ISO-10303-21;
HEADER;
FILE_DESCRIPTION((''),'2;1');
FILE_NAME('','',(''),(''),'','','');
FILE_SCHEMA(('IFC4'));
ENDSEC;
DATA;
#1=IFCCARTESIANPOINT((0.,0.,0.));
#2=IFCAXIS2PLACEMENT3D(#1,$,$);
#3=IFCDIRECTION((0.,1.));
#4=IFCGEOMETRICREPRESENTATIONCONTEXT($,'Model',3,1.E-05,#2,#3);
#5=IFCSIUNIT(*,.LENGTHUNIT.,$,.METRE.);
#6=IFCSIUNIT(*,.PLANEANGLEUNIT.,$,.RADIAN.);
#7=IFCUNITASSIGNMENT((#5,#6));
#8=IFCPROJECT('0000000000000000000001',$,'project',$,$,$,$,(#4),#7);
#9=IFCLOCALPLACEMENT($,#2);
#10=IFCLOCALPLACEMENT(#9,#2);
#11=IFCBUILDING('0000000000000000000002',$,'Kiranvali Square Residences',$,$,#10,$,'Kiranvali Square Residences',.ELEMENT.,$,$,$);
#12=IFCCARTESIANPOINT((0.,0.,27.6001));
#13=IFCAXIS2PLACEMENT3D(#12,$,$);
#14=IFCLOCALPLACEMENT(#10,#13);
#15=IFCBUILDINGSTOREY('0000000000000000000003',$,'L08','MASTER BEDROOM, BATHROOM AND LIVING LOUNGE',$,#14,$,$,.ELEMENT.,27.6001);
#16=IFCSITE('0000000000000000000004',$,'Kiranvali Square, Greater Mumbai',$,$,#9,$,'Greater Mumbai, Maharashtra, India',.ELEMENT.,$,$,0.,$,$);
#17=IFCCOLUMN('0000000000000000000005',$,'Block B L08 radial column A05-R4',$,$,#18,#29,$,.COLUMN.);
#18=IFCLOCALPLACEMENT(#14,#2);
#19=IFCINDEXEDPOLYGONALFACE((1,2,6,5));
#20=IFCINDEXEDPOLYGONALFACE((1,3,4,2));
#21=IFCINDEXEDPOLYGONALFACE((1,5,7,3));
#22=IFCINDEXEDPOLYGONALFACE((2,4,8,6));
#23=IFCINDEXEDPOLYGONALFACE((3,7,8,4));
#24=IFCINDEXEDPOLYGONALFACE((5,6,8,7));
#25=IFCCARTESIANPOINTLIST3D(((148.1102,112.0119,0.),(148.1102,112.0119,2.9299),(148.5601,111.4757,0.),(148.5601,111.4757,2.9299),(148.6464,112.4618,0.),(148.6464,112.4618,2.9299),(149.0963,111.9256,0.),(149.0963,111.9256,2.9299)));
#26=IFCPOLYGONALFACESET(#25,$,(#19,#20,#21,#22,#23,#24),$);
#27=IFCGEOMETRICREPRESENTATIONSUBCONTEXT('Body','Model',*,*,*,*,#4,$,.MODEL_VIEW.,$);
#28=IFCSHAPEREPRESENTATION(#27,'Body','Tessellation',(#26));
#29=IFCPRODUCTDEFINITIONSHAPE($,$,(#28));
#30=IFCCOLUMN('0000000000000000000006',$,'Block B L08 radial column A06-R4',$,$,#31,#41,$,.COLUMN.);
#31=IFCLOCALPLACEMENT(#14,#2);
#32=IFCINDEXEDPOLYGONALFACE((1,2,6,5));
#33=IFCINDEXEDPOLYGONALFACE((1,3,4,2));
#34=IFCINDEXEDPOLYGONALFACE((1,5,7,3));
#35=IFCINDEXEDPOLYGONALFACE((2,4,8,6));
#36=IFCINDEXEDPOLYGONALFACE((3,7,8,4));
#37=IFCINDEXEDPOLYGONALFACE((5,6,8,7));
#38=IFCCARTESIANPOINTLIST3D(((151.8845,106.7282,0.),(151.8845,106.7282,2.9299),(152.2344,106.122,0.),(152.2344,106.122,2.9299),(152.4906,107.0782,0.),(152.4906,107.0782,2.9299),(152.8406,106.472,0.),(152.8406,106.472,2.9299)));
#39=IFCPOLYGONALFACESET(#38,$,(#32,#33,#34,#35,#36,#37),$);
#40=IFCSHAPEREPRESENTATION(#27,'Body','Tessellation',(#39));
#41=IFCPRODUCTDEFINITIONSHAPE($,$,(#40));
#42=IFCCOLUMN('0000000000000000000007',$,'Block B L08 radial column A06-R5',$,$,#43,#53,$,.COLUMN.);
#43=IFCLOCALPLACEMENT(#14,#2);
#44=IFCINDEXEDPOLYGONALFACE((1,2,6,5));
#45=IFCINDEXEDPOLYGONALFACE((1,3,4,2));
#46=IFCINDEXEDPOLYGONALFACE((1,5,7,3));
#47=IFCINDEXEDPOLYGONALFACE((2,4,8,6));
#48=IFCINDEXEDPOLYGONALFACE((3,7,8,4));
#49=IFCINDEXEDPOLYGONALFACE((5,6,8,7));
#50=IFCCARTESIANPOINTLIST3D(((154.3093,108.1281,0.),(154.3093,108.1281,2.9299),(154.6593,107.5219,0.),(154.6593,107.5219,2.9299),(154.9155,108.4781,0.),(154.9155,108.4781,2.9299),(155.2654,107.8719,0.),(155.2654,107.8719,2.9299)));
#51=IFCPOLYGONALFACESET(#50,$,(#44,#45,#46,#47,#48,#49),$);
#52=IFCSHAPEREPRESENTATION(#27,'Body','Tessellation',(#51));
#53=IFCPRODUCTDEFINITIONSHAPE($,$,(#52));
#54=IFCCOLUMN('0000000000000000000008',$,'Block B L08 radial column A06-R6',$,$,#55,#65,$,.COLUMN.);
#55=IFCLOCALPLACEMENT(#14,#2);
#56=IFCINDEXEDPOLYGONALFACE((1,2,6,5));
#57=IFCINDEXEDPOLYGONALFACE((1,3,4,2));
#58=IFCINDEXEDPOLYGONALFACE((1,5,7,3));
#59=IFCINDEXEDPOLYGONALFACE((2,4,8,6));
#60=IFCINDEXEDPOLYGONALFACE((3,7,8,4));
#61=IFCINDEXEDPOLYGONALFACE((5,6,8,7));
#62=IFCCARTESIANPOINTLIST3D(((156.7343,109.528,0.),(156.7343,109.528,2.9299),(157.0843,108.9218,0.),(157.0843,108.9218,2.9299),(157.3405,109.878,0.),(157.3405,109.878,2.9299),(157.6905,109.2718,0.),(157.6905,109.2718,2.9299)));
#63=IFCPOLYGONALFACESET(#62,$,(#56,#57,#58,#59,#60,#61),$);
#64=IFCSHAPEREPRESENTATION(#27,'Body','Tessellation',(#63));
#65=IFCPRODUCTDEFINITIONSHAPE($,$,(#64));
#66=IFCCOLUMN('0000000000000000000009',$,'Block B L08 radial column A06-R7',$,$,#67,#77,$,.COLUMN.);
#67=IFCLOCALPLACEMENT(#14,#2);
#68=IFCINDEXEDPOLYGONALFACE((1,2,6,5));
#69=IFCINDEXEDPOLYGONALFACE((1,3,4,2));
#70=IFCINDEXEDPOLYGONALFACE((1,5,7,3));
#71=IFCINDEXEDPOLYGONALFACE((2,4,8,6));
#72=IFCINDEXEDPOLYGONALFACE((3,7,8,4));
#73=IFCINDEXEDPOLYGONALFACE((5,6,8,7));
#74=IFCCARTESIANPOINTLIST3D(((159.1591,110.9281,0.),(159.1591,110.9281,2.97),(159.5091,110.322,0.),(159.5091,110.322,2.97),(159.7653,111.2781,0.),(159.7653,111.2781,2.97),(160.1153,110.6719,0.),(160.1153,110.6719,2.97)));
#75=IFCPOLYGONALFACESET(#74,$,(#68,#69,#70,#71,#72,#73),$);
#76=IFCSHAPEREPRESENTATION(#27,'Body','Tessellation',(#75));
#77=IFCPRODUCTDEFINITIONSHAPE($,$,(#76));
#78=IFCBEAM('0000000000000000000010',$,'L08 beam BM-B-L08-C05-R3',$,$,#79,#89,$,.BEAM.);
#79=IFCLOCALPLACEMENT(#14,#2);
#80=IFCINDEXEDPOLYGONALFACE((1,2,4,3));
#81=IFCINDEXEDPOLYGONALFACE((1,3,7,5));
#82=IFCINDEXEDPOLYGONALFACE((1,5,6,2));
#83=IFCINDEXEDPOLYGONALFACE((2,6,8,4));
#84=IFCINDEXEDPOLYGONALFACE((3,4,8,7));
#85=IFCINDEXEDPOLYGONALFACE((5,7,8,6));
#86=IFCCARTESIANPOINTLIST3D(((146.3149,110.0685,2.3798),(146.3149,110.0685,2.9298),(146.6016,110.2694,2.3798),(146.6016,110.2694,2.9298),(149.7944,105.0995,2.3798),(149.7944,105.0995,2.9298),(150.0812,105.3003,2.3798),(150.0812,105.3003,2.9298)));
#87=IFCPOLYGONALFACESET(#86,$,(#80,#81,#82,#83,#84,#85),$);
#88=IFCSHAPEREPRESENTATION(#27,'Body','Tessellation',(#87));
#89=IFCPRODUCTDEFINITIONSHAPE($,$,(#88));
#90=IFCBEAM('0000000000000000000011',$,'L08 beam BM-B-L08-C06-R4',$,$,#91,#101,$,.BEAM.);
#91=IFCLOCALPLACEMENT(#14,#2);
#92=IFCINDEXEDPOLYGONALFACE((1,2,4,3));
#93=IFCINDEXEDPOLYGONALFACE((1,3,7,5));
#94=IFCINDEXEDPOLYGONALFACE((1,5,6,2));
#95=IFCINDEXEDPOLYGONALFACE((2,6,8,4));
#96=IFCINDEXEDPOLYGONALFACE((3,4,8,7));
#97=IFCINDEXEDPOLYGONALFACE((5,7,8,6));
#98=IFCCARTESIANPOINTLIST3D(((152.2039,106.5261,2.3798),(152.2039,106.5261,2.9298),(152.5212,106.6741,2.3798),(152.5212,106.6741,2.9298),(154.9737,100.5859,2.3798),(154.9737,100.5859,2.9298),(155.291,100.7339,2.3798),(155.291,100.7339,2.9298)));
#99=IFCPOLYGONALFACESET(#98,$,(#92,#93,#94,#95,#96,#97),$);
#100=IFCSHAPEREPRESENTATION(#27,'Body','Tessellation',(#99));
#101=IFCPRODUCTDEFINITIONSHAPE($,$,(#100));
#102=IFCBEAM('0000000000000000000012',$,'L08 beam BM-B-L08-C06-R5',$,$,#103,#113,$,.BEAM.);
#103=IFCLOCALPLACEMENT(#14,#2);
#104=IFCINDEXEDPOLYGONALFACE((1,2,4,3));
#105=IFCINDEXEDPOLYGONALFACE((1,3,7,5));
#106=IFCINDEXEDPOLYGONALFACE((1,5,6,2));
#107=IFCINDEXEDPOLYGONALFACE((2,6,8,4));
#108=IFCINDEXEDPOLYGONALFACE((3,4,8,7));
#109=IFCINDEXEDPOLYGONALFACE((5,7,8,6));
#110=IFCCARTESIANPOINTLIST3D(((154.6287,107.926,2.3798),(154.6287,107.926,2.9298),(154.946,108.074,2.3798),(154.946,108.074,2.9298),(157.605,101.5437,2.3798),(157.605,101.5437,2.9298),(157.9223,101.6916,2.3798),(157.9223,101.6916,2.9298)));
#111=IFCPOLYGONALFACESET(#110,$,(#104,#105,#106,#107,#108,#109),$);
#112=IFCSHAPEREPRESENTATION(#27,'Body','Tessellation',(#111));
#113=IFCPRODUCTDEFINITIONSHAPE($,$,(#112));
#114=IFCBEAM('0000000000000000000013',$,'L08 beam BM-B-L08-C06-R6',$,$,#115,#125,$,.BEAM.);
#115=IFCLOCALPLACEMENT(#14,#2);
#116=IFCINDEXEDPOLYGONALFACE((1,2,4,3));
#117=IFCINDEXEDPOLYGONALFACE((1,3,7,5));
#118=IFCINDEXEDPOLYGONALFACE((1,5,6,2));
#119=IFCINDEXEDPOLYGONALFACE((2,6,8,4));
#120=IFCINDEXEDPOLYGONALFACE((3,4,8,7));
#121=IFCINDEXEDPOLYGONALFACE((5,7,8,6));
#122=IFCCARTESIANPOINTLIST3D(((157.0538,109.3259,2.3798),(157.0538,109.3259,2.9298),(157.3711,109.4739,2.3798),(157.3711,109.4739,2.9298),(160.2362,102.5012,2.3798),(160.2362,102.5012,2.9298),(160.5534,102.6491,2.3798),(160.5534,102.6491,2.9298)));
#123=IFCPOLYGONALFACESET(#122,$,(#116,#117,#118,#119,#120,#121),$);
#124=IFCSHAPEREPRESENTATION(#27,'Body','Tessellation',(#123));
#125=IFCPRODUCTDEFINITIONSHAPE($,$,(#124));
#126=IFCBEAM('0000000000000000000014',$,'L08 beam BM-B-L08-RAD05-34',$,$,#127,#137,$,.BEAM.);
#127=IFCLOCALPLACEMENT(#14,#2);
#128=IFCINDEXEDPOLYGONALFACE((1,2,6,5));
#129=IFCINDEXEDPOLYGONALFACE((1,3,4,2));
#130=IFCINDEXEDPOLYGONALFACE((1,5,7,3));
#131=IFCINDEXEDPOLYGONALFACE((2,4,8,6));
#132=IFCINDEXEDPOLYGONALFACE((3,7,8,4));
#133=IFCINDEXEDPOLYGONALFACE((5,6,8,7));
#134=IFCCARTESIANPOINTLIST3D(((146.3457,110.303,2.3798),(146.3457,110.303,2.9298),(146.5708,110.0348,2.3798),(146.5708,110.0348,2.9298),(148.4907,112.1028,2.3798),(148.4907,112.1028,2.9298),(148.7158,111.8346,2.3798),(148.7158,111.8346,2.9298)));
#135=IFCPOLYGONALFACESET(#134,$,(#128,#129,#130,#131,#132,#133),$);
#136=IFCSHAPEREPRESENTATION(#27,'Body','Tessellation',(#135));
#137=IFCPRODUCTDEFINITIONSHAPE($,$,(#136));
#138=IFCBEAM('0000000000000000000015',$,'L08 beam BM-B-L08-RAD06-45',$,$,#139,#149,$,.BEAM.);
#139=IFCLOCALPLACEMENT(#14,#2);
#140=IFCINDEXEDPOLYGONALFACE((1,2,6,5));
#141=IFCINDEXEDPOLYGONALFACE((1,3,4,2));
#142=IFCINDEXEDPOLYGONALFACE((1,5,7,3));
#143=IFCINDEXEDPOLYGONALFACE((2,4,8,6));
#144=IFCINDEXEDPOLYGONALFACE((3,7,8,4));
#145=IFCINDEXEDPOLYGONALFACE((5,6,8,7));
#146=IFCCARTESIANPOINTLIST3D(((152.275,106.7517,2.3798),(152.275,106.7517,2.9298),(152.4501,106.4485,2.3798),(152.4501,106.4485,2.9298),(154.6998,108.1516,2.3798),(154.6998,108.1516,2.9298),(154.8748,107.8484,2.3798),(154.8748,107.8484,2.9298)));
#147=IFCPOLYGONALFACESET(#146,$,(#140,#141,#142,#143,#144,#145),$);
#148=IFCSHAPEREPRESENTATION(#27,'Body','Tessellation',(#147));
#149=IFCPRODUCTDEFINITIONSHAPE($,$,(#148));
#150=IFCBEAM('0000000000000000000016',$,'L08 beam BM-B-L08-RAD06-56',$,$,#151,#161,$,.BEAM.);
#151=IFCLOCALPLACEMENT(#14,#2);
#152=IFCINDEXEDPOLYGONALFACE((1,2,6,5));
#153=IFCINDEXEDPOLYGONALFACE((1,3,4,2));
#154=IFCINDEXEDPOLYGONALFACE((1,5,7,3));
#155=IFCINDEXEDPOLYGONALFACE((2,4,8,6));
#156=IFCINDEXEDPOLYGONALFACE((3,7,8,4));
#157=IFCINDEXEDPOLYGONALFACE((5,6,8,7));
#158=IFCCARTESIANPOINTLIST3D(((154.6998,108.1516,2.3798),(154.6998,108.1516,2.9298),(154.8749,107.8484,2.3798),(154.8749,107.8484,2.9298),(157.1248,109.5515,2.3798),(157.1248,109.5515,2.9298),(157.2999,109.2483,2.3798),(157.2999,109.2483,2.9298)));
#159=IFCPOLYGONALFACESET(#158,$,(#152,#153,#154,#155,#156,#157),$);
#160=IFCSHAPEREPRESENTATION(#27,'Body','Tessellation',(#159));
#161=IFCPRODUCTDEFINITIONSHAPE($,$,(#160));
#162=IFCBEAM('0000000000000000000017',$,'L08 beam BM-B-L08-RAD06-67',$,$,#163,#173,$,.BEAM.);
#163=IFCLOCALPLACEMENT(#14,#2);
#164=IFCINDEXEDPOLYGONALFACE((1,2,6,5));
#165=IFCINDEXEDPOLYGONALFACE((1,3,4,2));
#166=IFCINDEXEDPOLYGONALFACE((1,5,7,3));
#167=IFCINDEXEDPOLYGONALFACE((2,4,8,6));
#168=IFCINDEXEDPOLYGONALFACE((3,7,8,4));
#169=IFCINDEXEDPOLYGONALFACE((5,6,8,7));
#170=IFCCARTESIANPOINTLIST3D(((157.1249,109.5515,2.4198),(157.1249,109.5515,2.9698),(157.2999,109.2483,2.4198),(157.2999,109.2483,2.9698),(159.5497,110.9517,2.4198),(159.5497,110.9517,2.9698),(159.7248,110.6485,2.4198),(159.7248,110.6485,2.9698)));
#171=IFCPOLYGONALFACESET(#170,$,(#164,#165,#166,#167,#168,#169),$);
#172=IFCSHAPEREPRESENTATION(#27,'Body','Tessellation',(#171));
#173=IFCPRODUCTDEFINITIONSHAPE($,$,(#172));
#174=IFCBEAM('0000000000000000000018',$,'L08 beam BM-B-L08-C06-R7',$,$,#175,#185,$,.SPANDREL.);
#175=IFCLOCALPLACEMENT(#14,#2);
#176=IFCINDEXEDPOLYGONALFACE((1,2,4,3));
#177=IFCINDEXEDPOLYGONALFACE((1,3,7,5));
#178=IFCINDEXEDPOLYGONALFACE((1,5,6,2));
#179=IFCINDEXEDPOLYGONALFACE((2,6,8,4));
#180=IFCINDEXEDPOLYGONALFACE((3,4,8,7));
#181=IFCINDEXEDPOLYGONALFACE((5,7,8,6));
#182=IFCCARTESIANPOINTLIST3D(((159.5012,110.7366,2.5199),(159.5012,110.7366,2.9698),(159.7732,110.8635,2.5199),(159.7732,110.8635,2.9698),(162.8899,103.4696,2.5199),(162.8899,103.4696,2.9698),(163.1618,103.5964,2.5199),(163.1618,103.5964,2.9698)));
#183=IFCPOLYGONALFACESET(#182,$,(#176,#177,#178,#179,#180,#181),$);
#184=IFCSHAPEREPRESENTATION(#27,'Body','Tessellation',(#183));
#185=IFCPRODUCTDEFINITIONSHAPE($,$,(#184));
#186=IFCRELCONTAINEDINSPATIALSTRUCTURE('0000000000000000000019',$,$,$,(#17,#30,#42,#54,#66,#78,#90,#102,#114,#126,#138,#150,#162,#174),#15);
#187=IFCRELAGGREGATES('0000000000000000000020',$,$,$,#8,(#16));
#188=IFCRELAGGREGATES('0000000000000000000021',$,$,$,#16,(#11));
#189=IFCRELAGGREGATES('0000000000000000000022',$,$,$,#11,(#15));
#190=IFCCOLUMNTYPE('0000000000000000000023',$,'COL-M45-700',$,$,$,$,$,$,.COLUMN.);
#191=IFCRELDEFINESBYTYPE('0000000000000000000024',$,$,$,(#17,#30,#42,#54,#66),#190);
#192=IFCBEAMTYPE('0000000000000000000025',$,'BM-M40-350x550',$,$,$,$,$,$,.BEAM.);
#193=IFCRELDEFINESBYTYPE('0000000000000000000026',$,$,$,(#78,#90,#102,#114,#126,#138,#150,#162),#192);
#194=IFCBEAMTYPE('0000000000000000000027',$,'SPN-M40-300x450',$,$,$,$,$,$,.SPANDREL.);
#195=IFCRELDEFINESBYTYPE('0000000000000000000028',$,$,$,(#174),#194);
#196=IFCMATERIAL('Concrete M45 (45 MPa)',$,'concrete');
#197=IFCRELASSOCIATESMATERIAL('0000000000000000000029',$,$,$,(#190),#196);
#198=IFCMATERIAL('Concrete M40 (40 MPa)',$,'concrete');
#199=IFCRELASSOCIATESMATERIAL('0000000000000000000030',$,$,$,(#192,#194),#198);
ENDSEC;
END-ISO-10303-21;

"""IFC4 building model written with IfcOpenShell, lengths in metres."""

from ifc_helpers import new_model, si_unit, direction, frame, origin, origin_2d, place, context, subcontext, project, spatial, rectangle, extrude, material, material_profile, profile_set, type_object, element, save


model = new_model("IFC4")

# Units and contexts
model_context = context("Model", 3, precision=1e-05, world=origin(), true_north=direction((0.0, 1.0)))
body_context = subcontext(model_context, "Body", "Model", "MODEL_VIEW")
ifc_project = project(units=[si_unit("LENGTHUNIT", "METRE"), si_unit("PLANEANGLEUNIT", "RADIAN")], contexts=[model_context])

# Site, building, storey
site_placement = place(None, origin())
site = spatial("IfcSite", under=ifc_project, at=site_placement, Name="Kiranvali Square, Greater Mumbai", LongName="Greater Mumbai, Maharashtra, India", CompositionType="ELEMENT", RefElevation=0.0)
building_placement = place(site_placement, origin())
building = spatial("IfcBuilding", under=site, at=building_placement, Name="Kiranvali Square Residences", LongName="Kiranvali Square Residences", CompositionType="ELEMENT")
storey_placement = place(building_placement, frame((0.0, 0.0, 27.6001)))
storey = spatial("IfcBuildingStorey", under=building, at=storey_placement, Name="L08", Description="MASTER BEDROOM, BATHROOM AND LIVING LOUNGE", CompositionType="ELEMENT", Elevation=27.6001)

# Columns
ifc_material_1 = material(Name="Concrete M45 (45 MPa)", Category="concrete")
ifc_material_profile_1 = material_profile(ifc_material_1, rectangle(XDim=0.7, YDim=0.7, at=origin_2d()), Name="RC 700x700")
ifc_profile_set_1 = profile_set([ifc_material_profile_1], Name="Concrete M45 (45 MPa)")
column_type = type_object("IfcColumnType", Name="COL-M45-700", PredefinedType="COLUMN", material=ifc_profile_set_1)
for number, where, z_axis, x_axis, name in (
    (1, (148.6033, 111.9688, 0.0), (0.0, 0.0, 1.0), (-0.642788, 0.766044, 0.0), "Block B L08 radial column A05-R4"),
    (2, (152.3625, 106.6001, 0.0), (0.0, 0.0, 1.0), (-0.5, 0.866025, 0.0), "Block B L08 radial column A06-R4"),
    (3, (154.7874, 108.0, 0.0), (0.0, 0.0, 1.0), (-0.5, 0.866025, 0.0), "Block B L08 radial column A06-R5"),
    (4, (157.2124, 109.3999, 0.0), (0.0, 0.0, 1.0), (-0.5, 0.866025, 0.0), "Block B L08 radial column A06-R6"),
):
    element("IfcColumn", number, at=place(storey_placement, frame(where, z_axis=z_axis, x_axis=x_axis)), inside=storey, type_object=column_type, Name=name, PredefinedType="COLUMN", context=body_context, shape_type="SweptSolid", body=[
        extrude(rectangle(XDim=0.7, YDim=0.7, at=origin_2d()), origin(), (0.0, 0.0, 1.0), 2.9299),
    ])
column_placement = place(storey_placement, frame((159.6372, 110.8, 0.0), z_axis=(0.0, 0.0, 1.0), x_axis=(-0.5, 0.866025, 0.0)))
element("IfcColumn", 5, at=column_placement, inside=storey, type_object=column_type, Name="Block B L08 radial column A06-R7", PredefinedType="COLUMN", context=body_context, shape_type="SweptSolid", body=[
    extrude(rectangle(XDim=0.7, YDim=0.7, at=origin_2d()), origin(), (0.0, 0.0, 1.0), 2.97),
])

# Beams
ifc_material_2 = material(Name="Concrete M40 (40 MPa)", Category="concrete")
ifc_material_profile_2 = material_profile(ifc_material_2, rectangle(XDim=0.3501, YDim=0.55, at=origin_2d()), Name="RC 350x550")
ifc_profile_set_2 = profile_set([ifc_material_profile_2], Name="Concrete M40 (40 MPa)")
beam_type_1 = type_object("IfcBeamType", Name="BM-M40-350x550", PredefinedType="BEAM", material=ifc_profile_set_2)
beam_1_placement = place(storey_placement, frame((146.4583, 110.1689, 2.6548), z_axis=(0.573595, -0.819139, 0.0), x_axis=(0.819139, 0.573595, 0.0)))
element("IfcBeam", 6, at=beam_1_placement, inside=storey, type_object=beam_type_1, Name="L08 beam BM-B-L08-C05-R3", PredefinedType="BEAM", context=body_context, shape_type="SweptSolid", body=[
    extrude(rectangle(XDim=0.3501, YDim=0.55, at=origin_2d()), origin(), (0.0, 0.0, 1.0), 6.0662),
])
beam_2_placement = place(storey_placement, frame((152.3625, 106.6001, 2.6548), z_axis=(0.422596, -0.906318, 0.0), x_axis=(0.906318, 0.422596, 0.0)))
element("IfcBeam", 7, at=beam_2_placement, inside=storey, type_object=beam_type_1, Name="L08 beam BM-B-L08-C06-R4", PredefinedType="BEAM", context=body_context, shape_type="SweptSolid", body=[
    extrude(rectangle(XDim=0.3501, YDim=0.55, at=origin_2d()), origin(), (0.0, 0.0, 1.0), 6.5542),
])
beam_3_placement = place(storey_placement, frame((154.7874, 108.0, 2.6548), z_axis=(0.422641, -0.906297, 0.0), x_axis=(0.906297, 0.422641, 0.0)))
element("IfcBeam", 8, at=beam_3_placement, inside=storey, type_object=beam_type_1, Name="L08 beam BM-B-L08-C06-R5", PredefinedType="BEAM", context=body_context, shape_type="SweptSolid", body=[
    extrude(rectangle(XDim=0.3501, YDim=0.55, at=origin_2d()), origin(), (0.0, 0.0, 1.0), 7.0422),
])
beam_4_placement = place(storey_placement, frame((157.2124, 109.3999, 2.6548), z_axis=(0.422614, -0.90631, 0.0), x_axis=(0.90631, 0.422614, 0.0)))
element("IfcBeam", 9, at=beam_4_placement, inside=storey, type_object=beam_type_1, Name="L08 beam BM-B-L08-C06-R6", PredefinedType="BEAM", context=body_context, shape_type="SweptSolid", body=[
    extrude(rectangle(XDim=0.3501, YDim=0.55, at=origin_2d()), origin(), (0.0, 0.0, 1.0), 7.5303),
])
beam_5_placement = place(storey_placement, frame((146.4583, 110.1689, 2.6548), z_axis=(0.766059, 0.642771, 0.0), x_axis=(-0.642771, 0.766059, 0.0)))
element("IfcBeam", 10, at=beam_5_placement, inside=storey, type_object=beam_type_1, Name="L08 beam BM-B-L08-RAD05-34", PredefinedType="BEAM", context=body_context, shape_type="SweptSolid", body=[
    extrude(rectangle(XDim=0.3501, YDim=0.55, at=origin_2d()), origin(), (0.0, 0.0, 1.0), 2.8),
])
beam_6_placement = place(storey_placement, frame((152.3625, 106.6001, 2.6548), z_axis=(0.866035, 0.499984, 0.0), x_axis=(-0.499984, 0.866035, 0.0)))
element("IfcBeam", 11, at=beam_6_placement, inside=storey, type_object=beam_type_1, Name="L08 beam BM-B-L08-RAD06-45", PredefinedType="BEAM", context=body_context, shape_type="SweptSolid", body=[
    extrude(rectangle(XDim=0.3501, YDim=0.55, at=origin_2d()), origin(), (0.0, 0.0, 1.0), 2.7998),
])
for number, where, z_axis, x_axis, name in (
    (12, (154.7874, 108.0, 2.6548), (0.866056, 0.499946, 0.0), (-0.499946, 0.866056, 0.0), "L08 beam BM-B-L08-RAD06-56"),
    (13, (157.2124, 109.3999, 2.6948), (0.865997, 0.50005, 0.0), (-0.50005, 0.865997, 0.0), "L08 beam BM-B-L08-RAD06-67"),
):
    element("IfcBeam", number, at=place(storey_placement, frame(where, z_axis=z_axis, x_axis=x_axis)), inside=storey, type_object=beam_type_1, Name=name, PredefinedType="BEAM", context=body_context, shape_type="SweptSolid", body=[
        extrude(rectangle(XDim=0.3501, YDim=0.55, at=origin_2d()), origin(), (0.0, 0.0, 1.0), 2.8),
    ])
ifc_material_profile_3 = material_profile(ifc_material_2, rectangle(XDim=0.3, YDim=0.45, at=origin_2d()), Name="RC 300x450")
ifc_profile_set_3 = profile_set([ifc_material_profile_3], Name="Concrete M40 (40 MPa)")
beam_type_2 = type_object("IfcBeamType", Name="SPN-M40-300x450", PredefinedType="SPANDREL", material=ifc_profile_set_3)
beam_7_placement = place(storey_placement, frame((159.6372, 110.8, 2.7449), z_axis=(0.422615, -0.906309, 0.0), x_axis=(0.906309, 0.422615, 0.0)))
element("IfcBeam", 14, at=beam_7_placement, inside=storey, type_object=beam_type_2, Name="L08 beam BM-B-L08-C06-R7", PredefinedType="SPANDREL", context=body_context, shape_type="SweptSolid", body=[
    extrude(rectangle(XDim=0.3, YDim=0.45, at=origin_2d()), origin(), (0.0, 0.0, 1.0), 8.0183),
])

save(model, "model.ifc")
